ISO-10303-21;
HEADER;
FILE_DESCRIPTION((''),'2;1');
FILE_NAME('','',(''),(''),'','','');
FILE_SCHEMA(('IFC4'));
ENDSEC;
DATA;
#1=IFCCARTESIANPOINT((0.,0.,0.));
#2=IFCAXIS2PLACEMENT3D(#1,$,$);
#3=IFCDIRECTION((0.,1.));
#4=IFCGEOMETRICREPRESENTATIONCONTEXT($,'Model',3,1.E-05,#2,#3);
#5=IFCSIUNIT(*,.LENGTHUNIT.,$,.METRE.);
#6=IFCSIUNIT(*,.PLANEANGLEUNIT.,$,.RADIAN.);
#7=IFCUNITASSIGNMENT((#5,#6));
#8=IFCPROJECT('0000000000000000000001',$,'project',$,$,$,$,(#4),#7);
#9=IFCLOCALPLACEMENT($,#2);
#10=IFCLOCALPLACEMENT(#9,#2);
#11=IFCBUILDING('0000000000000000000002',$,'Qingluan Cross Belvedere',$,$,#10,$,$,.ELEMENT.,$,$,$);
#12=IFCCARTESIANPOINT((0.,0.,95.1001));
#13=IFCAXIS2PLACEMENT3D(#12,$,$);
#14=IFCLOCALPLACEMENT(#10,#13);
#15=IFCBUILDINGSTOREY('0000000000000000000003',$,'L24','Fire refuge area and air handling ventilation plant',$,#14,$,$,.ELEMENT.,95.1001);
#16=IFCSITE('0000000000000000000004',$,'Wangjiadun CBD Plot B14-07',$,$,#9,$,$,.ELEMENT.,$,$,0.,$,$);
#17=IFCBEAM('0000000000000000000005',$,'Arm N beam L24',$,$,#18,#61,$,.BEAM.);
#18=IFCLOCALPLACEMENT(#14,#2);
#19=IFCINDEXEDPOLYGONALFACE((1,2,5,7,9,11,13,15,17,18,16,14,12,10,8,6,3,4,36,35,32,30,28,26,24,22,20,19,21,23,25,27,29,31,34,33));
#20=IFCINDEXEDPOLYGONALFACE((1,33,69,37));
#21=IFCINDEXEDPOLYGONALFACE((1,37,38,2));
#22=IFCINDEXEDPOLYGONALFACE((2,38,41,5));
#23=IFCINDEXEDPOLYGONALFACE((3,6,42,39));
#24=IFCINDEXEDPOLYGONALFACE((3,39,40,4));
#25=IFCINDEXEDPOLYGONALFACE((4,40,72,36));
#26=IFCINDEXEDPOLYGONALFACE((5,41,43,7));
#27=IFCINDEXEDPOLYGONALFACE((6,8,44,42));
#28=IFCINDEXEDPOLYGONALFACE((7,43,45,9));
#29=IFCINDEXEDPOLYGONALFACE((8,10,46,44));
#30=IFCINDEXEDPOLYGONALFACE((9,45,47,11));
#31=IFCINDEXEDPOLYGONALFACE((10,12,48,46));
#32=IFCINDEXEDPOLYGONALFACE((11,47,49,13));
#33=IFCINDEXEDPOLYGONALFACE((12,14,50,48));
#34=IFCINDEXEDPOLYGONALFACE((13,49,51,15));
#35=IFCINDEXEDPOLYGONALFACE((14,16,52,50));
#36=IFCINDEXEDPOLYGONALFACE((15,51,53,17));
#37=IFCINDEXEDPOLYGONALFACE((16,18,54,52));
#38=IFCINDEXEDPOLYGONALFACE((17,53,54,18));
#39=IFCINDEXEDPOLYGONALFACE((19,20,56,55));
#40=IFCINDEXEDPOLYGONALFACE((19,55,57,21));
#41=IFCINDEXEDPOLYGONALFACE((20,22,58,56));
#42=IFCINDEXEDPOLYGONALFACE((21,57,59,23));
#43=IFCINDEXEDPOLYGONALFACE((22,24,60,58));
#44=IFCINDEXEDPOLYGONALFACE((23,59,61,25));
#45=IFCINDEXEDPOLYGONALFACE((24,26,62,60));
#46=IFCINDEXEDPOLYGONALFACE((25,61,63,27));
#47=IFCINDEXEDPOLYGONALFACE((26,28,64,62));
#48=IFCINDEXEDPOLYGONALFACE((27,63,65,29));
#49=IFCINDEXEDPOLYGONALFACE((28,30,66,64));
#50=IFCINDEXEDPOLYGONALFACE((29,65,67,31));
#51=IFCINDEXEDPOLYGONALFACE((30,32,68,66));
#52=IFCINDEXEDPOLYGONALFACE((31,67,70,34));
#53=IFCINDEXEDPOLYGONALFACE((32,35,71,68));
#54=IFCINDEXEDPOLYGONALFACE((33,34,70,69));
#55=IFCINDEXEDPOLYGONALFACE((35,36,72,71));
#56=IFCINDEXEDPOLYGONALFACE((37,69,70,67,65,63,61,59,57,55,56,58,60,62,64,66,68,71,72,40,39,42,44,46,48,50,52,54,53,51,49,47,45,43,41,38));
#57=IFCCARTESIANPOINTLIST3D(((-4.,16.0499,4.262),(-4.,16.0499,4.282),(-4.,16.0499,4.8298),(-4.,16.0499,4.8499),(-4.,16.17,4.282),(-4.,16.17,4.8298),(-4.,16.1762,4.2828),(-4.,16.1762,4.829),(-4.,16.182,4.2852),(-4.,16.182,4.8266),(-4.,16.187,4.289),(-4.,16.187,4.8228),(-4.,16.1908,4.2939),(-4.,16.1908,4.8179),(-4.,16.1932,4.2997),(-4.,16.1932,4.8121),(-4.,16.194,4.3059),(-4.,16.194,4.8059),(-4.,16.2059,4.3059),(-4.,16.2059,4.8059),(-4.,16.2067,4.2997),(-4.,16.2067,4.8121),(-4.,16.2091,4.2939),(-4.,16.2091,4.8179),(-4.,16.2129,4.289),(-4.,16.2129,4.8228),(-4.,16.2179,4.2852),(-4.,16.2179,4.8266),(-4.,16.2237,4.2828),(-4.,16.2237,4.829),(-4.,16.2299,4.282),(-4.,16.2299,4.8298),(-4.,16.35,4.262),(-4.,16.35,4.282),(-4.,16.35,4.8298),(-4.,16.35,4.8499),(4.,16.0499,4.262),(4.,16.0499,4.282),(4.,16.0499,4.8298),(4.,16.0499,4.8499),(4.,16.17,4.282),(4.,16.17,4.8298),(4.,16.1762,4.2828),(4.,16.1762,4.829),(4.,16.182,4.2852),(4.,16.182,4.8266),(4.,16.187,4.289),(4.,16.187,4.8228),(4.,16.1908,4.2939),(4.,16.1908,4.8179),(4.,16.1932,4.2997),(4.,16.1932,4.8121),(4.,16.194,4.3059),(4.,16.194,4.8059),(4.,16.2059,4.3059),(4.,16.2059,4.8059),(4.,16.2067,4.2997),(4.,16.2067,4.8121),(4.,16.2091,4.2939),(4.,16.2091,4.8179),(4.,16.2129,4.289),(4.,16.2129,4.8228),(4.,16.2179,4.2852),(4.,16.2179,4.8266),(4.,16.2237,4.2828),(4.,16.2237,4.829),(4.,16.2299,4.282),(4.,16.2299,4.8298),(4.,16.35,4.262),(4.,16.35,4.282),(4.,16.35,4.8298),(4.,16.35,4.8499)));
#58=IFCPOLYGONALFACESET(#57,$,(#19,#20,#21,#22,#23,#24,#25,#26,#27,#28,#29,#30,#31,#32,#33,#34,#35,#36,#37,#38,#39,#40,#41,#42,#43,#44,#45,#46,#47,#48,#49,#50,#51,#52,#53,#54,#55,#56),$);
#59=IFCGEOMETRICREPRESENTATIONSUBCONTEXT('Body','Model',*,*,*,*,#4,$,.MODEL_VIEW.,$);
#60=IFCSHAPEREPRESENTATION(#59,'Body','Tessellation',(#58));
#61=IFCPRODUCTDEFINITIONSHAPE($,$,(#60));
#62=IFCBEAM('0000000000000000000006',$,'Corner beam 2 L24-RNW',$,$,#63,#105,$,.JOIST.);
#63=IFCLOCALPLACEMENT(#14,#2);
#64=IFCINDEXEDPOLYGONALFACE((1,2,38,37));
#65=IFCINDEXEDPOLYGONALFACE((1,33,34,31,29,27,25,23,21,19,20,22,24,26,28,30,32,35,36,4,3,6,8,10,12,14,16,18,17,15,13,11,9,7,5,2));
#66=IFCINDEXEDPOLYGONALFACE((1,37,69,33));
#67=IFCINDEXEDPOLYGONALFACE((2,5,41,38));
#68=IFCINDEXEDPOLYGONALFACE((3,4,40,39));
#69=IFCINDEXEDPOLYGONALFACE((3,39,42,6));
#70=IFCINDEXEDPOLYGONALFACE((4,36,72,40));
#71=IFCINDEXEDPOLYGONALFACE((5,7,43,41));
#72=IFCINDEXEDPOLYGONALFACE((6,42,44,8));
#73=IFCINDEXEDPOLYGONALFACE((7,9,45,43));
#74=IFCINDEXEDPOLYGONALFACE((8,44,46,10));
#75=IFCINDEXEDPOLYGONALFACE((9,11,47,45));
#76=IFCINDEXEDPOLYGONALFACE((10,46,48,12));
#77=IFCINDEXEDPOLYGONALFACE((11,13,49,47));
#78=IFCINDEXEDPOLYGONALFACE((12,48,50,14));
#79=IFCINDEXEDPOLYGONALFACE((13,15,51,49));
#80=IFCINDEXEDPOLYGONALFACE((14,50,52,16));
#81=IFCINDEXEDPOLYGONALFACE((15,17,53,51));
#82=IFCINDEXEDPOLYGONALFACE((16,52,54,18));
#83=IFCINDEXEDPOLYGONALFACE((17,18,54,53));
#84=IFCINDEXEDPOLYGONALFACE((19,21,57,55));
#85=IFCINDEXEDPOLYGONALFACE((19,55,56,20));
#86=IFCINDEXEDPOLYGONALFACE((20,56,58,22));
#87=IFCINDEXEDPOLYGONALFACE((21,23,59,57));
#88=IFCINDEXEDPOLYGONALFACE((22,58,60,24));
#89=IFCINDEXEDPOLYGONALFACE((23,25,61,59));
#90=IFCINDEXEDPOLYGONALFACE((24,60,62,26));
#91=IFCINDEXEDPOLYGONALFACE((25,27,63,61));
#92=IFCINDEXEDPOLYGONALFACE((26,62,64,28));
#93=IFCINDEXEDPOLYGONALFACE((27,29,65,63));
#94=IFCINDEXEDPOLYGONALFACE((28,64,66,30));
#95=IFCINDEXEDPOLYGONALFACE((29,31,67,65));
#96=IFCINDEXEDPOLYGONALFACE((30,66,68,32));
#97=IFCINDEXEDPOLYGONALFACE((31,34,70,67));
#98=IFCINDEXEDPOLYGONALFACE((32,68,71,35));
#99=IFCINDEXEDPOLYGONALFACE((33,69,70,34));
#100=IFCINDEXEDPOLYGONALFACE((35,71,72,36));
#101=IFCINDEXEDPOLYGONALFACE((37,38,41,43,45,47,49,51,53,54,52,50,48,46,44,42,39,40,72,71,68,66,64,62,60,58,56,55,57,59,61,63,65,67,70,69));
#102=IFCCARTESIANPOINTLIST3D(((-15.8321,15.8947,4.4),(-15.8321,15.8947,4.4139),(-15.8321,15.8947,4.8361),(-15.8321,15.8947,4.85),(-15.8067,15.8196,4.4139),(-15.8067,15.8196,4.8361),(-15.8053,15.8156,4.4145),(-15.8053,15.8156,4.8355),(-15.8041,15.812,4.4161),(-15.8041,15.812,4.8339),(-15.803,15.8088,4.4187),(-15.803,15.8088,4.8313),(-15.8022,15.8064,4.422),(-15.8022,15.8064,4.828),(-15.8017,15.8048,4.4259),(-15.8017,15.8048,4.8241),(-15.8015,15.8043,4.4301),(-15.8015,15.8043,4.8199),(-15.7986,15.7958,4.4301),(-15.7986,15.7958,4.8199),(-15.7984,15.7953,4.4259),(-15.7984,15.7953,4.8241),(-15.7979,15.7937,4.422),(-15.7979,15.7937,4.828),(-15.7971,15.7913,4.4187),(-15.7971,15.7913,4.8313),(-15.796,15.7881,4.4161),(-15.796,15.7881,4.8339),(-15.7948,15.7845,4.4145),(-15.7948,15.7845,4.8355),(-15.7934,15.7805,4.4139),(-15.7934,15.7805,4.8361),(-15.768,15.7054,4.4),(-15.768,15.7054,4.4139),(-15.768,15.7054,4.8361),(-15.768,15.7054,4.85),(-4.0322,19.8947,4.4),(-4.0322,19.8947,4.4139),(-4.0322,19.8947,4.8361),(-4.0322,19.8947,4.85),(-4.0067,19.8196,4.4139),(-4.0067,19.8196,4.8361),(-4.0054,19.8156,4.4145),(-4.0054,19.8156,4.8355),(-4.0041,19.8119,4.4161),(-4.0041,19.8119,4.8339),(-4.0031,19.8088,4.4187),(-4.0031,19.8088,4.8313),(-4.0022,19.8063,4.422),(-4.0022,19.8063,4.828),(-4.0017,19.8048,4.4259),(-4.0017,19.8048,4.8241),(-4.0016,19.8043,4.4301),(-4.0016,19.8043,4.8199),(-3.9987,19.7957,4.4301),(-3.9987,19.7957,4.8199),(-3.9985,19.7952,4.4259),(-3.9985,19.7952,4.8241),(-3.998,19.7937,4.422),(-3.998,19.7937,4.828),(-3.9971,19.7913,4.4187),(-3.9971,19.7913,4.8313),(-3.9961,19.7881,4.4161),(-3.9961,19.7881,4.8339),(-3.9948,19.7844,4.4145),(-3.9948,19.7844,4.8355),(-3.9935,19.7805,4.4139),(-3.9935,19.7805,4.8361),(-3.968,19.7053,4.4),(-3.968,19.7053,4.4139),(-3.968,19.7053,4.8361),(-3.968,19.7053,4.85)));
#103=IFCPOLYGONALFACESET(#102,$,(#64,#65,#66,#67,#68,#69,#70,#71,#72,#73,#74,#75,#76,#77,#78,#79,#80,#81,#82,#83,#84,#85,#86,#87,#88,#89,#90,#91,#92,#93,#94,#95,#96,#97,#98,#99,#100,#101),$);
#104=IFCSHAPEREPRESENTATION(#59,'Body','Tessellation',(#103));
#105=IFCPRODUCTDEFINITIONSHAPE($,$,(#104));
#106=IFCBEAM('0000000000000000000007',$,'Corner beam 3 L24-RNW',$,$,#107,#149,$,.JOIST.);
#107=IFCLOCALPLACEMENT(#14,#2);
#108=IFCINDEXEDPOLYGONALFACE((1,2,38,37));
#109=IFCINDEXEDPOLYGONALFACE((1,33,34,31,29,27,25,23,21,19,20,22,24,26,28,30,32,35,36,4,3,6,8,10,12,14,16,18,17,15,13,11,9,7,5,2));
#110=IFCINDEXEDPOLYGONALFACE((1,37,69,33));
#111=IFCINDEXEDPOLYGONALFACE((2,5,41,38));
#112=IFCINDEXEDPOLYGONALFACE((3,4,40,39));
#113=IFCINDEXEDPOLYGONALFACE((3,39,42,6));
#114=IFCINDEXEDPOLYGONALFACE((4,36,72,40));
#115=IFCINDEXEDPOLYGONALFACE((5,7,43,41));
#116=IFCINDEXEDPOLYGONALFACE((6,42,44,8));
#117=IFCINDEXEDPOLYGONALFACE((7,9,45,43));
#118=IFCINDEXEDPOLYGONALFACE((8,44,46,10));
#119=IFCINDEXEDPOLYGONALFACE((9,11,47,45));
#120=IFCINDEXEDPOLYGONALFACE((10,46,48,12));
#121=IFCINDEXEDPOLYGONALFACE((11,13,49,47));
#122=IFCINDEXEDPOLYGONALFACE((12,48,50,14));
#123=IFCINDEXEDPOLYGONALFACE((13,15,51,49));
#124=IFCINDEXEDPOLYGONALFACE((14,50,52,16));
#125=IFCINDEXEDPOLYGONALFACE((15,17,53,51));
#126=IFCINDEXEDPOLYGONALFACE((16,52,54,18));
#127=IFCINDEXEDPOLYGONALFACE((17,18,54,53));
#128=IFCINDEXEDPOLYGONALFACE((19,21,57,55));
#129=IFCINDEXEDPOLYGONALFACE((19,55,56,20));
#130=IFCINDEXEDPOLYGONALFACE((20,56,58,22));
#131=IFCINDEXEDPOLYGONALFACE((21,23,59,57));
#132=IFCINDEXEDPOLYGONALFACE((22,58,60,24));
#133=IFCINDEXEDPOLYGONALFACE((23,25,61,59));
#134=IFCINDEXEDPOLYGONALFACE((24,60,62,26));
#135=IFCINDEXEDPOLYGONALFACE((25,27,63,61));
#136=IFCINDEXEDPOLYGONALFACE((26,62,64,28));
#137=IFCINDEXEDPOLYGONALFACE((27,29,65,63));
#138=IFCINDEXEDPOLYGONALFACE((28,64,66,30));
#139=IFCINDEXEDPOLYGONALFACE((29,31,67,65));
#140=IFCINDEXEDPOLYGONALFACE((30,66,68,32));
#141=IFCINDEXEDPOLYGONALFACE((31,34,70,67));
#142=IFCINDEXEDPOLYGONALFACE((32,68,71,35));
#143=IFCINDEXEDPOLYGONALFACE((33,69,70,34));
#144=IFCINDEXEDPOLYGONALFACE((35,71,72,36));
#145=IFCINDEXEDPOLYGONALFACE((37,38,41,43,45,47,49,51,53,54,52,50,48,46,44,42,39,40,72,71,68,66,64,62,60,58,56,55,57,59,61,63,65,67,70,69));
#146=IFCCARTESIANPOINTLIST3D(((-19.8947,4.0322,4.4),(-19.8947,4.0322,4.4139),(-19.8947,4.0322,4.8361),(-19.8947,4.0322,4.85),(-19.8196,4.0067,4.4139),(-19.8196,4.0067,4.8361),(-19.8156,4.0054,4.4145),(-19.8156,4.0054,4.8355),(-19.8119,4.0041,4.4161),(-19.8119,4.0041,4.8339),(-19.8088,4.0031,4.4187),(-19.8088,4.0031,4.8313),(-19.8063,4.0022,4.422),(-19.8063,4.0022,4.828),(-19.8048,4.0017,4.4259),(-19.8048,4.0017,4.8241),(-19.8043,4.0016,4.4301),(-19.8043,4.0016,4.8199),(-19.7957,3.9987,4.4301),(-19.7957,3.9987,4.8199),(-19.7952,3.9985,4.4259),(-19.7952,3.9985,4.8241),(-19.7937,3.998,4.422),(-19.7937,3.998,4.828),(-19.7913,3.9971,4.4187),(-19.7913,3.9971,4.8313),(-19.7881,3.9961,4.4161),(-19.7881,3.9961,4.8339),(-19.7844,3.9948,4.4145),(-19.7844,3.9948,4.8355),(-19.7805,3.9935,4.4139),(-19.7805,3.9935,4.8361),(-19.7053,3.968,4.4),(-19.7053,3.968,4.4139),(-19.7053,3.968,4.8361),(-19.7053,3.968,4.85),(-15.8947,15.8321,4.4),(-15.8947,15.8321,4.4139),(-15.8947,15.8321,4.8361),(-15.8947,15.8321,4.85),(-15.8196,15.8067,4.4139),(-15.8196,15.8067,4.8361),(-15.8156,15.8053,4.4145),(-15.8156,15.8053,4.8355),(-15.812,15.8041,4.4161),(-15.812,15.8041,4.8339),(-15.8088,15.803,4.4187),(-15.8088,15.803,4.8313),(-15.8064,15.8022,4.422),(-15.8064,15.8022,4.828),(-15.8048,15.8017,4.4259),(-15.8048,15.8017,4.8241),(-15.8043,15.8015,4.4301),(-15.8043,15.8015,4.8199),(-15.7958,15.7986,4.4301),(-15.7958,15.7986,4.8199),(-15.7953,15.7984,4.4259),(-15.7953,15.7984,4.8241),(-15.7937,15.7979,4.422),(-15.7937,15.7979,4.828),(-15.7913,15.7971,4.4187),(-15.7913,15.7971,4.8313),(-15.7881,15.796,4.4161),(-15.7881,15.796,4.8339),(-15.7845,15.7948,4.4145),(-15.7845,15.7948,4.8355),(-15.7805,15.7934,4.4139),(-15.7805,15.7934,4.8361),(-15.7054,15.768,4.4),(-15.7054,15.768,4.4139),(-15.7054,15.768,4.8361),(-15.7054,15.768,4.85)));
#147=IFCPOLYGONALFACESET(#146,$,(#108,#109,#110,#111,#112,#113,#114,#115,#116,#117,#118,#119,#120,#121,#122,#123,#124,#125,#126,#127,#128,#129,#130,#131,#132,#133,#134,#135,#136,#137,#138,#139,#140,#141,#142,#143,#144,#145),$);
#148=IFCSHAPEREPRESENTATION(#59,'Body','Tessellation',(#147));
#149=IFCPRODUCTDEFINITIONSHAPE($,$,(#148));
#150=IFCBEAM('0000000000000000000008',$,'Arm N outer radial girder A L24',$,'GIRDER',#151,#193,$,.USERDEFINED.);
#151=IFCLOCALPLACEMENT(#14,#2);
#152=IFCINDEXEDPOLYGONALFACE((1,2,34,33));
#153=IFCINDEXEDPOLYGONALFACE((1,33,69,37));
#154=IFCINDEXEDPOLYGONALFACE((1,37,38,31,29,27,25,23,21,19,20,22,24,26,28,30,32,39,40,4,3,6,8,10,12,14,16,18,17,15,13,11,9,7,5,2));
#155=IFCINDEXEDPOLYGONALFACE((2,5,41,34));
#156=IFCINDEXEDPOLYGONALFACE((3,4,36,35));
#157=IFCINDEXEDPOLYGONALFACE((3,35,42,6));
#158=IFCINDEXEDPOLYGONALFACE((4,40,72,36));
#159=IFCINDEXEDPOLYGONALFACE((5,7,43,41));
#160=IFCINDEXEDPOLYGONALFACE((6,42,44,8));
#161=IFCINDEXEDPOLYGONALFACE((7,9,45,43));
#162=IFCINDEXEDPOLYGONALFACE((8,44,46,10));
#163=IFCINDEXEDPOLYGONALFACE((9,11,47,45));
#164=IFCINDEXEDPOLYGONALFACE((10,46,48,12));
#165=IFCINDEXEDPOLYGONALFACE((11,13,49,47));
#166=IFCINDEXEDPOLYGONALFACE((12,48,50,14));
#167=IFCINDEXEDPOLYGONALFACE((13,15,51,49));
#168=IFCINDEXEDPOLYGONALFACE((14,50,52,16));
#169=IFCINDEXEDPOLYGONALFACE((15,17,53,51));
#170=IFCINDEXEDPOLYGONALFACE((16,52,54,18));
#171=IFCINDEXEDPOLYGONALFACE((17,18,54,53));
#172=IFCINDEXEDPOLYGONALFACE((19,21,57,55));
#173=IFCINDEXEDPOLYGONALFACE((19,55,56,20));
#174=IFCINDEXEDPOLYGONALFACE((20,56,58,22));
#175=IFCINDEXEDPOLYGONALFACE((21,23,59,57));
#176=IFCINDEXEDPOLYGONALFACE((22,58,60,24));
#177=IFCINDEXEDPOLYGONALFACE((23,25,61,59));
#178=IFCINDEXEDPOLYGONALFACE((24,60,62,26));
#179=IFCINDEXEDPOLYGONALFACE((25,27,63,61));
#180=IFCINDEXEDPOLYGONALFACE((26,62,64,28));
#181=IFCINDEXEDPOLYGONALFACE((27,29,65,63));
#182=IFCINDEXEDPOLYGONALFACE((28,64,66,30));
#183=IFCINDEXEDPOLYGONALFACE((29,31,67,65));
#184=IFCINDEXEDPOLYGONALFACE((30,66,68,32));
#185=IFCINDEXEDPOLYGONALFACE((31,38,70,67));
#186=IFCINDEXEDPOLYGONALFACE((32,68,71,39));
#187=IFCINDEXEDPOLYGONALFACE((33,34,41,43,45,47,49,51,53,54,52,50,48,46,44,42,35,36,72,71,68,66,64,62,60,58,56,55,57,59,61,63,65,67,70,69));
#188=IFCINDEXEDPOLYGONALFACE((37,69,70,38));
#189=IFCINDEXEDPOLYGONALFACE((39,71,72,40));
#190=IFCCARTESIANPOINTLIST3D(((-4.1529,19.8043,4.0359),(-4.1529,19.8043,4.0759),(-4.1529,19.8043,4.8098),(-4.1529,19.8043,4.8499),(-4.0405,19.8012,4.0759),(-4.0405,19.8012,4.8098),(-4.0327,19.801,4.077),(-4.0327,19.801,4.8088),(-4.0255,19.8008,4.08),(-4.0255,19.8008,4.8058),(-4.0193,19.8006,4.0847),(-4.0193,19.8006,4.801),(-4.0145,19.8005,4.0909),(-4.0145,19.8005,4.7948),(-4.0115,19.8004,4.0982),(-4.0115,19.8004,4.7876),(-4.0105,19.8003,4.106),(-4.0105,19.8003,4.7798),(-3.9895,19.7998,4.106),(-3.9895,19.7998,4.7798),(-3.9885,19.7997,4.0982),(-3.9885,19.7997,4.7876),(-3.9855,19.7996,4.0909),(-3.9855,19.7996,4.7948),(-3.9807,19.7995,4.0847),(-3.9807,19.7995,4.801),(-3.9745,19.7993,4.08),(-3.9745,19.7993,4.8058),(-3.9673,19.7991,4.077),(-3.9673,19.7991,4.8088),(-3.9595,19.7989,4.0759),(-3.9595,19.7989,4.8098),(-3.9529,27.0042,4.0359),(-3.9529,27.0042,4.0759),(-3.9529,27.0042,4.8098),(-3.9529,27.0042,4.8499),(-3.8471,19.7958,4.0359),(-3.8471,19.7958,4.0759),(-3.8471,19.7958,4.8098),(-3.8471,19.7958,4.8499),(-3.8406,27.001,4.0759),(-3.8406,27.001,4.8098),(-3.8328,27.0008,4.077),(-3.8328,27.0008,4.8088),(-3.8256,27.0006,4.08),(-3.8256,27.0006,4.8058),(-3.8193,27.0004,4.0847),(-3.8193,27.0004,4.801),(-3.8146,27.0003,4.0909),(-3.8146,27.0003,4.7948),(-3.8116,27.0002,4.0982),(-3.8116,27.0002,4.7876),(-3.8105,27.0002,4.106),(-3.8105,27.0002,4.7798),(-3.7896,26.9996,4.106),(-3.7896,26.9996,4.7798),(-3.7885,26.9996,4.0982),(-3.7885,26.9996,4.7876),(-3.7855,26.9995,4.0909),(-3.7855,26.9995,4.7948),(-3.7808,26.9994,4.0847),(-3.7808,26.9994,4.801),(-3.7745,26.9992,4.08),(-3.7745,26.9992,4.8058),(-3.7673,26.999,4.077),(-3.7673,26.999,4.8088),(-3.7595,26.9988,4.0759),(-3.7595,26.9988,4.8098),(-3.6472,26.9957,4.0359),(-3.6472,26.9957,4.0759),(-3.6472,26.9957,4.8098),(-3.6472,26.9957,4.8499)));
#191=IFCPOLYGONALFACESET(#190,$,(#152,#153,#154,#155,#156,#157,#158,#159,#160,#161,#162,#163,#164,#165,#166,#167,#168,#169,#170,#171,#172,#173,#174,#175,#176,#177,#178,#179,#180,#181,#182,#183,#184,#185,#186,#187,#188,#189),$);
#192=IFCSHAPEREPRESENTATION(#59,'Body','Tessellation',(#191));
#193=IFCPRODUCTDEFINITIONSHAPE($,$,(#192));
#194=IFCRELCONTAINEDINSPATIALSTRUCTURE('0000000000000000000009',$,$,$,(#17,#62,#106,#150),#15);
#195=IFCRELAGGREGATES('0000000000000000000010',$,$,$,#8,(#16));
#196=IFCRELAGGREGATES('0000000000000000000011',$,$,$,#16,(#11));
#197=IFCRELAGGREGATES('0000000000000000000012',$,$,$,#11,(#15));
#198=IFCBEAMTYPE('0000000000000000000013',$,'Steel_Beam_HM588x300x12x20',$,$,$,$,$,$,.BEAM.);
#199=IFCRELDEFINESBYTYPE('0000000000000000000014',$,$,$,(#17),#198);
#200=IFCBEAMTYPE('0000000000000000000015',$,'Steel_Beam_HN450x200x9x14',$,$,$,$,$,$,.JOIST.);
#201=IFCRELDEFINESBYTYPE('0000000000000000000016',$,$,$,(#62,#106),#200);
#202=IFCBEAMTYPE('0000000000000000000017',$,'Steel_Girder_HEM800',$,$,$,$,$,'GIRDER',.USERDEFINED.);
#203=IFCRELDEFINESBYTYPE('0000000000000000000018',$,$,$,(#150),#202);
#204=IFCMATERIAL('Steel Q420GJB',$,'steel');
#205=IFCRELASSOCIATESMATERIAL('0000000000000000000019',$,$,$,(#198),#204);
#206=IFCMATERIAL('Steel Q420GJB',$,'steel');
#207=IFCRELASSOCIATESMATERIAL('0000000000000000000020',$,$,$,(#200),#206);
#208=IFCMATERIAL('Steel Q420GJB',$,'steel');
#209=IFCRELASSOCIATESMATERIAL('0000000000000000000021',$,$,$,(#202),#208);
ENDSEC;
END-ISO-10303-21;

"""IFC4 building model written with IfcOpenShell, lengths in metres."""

from ifc_helpers import new_model, si_unit, direction, frame, origin, origin_2d, place, context, subcontext, project, spatial, i_section, extrude, material, material_profile, profile_set, type_object, element, save


model = new_model("IFC4")

# Units and contexts
model_context = context("Model", 3, precision=1e-05, world=origin(), true_north=direction((0.0, 1.0)))
body_context = subcontext(model_context, "Body", "Model", "MODEL_VIEW")
ifc_project = project(units=[si_unit("LENGTHUNIT", "METRE"), si_unit("PLANEANGLEUNIT", "RADIAN")], contexts=[model_context])

# Site, building, storey
site_placement = place(None, origin())
site = spatial("IfcSite", under=ifc_project, at=site_placement, Name="Wangjiadun CBD Plot B14-07", CompositionType="ELEMENT", RefElevation=0.0)
building_placement = place(site_placement, origin())
building = spatial("IfcBuilding", under=site, at=building_placement, Name="Qingluan Cross Belvedere", CompositionType="ELEMENT")
storey_placement = place(building_placement, frame((0.0, 0.0, 95.1001)))
storey = spatial("IfcBuildingStorey", under=building, at=storey_placement, Name="L24", Description="Fire refuge area and air handling ventilation plant", CompositionType="ELEMENT", Elevation=95.1001)

# Beams
ifc_material_1 = material(Name="Steel Q420GJB", Category="steel")
ifc_material_profile_1 = material_profile(ifc_material_1, i_section(OverallWidth=0.3, OverallDepth=0.5879, WebThickness=0.012, FlangeThickness=0.02, FilletRadius=0.0239, at=origin_2d()), Name="HM588x300x12x20")
ifc_profile_set_1 = profile_set([ifc_material_profile_1], Name="Steel Q420GJB")
beam_type_1 = type_object("IfcBeamType", Name="Steel_Beam_HM588x300x12x20", PredefinedType="BEAM", material=ifc_profile_set_1)
for number, where, z_axis, x_axis, name in (
    (1, (-4.0, 16.2, 4.5559), (1.0, 0.0, 0.0), (0.0, 1.0, 0.0), "Arm N beam L24"),
):
    element("IfcBeam", number, at=place(storey_placement, frame(where, z_axis=z_axis, x_axis=x_axis)), inside=storey, type_object=beam_type_1, Name=name, PredefinedType="BEAM", context=body_context, shape_type="SweptSolid", body=[
        extrude(i_section(OverallWidth=0.3, OverallDepth=0.5879, WebThickness=0.012, FlangeThickness=0.02, FilletRadius=0.0239, at=origin_2d()), origin(), (0.0, 0.0, 1.0), 8.0),
    ])
ifc_material_2 = material(Name="Steel Q420GJB", Category="steel")
ifc_material_profile_2 = material_profile(ifc_material_2, i_section(OverallWidth=0.2, OverallDepth=0.45, WebThickness=0.009, FlangeThickness=0.0139, FilletRadius=0.0161, at=origin_2d()), Name="HN450x200x9x14")
ifc_profile_set_2 = profile_set([ifc_material_profile_2], Name="Steel Q420GJB")
beam_type_2 = type_object("IfcBeamType", Name="Steel_Beam_HN450x200x9x14", PredefinedType="JOIST", material=ifc_profile_set_2)
for number, where, z_axis, x_axis, name in (
    (2, (-15.8, 15.8, 4.625), (0.947066, 0.321038, 0.0), (-0.321038, 0.947066, 0.0), "Corner beam 2 L24-RNW"),
    (3, (-15.8, 15.8, 4.625), (-0.321038, -0.947066, 0.0), (0.947066, -0.321038, 0.0), "Corner beam 3 L24-RNW"),
):
    element("IfcBeam", number, at=place(storey_placement, frame(where, z_axis=z_axis, x_axis=x_axis)), inside=storey, type_object=beam_type_2, Name=name, PredefinedType="JOIST", context=body_context, shape_type="SweptSolid", body=[
        extrude(i_section(OverallWidth=0.2, OverallDepth=0.45, WebThickness=0.009, FlangeThickness=0.0139, FilletRadius=0.0161, at=origin_2d()), origin(), (0.0, 0.0, 1.0), 12.4595),
    ])
ifc_material_3 = material(Name="Steel Q420GJB", Category="steel")
ifc_material_profile_3 = material_profile(ifc_material_3, i_section(OverallWidth=0.3059, OverallDepth=0.814, WebThickness=0.021, FlangeThickness=0.04, FilletRadius=0.03, at=origin_2d()), Name="HEM800")
ifc_profile_set_3 = profile_set([ifc_material_profile_3], Name="Steel Q420GJB")
beam_type_3 = type_object("IfcBeamType", Name="Steel_Girder_HEM800", ElementType="GIRDER", PredefinedType="USERDEFINED", material=ifc_profile_set_3)
beam_placement = place(storey_placement, frame((-4.0, 19.8, 4.4429), z_axis=(0.02776, 0.999615, 0.0), x_axis=(-0.999615, 0.02776, 0.0)))
element("IfcBeam", 4, at=beam_placement, inside=storey, type_object=beam_type_3, Name="Arm N outer radial girder A L24", ObjectType="GIRDER", PredefinedType="USERDEFINED", context=body_context, shape_type="SweptSolid", body=[
    extrude(i_section(OverallWidth=0.3059, OverallDepth=0.814, WebThickness=0.021, FlangeThickness=0.04, FilletRadius=0.03, at=origin_2d()), origin(), (0.0, 0.0, 1.0), 7.2026),
])

save(model, "model.ifc")
